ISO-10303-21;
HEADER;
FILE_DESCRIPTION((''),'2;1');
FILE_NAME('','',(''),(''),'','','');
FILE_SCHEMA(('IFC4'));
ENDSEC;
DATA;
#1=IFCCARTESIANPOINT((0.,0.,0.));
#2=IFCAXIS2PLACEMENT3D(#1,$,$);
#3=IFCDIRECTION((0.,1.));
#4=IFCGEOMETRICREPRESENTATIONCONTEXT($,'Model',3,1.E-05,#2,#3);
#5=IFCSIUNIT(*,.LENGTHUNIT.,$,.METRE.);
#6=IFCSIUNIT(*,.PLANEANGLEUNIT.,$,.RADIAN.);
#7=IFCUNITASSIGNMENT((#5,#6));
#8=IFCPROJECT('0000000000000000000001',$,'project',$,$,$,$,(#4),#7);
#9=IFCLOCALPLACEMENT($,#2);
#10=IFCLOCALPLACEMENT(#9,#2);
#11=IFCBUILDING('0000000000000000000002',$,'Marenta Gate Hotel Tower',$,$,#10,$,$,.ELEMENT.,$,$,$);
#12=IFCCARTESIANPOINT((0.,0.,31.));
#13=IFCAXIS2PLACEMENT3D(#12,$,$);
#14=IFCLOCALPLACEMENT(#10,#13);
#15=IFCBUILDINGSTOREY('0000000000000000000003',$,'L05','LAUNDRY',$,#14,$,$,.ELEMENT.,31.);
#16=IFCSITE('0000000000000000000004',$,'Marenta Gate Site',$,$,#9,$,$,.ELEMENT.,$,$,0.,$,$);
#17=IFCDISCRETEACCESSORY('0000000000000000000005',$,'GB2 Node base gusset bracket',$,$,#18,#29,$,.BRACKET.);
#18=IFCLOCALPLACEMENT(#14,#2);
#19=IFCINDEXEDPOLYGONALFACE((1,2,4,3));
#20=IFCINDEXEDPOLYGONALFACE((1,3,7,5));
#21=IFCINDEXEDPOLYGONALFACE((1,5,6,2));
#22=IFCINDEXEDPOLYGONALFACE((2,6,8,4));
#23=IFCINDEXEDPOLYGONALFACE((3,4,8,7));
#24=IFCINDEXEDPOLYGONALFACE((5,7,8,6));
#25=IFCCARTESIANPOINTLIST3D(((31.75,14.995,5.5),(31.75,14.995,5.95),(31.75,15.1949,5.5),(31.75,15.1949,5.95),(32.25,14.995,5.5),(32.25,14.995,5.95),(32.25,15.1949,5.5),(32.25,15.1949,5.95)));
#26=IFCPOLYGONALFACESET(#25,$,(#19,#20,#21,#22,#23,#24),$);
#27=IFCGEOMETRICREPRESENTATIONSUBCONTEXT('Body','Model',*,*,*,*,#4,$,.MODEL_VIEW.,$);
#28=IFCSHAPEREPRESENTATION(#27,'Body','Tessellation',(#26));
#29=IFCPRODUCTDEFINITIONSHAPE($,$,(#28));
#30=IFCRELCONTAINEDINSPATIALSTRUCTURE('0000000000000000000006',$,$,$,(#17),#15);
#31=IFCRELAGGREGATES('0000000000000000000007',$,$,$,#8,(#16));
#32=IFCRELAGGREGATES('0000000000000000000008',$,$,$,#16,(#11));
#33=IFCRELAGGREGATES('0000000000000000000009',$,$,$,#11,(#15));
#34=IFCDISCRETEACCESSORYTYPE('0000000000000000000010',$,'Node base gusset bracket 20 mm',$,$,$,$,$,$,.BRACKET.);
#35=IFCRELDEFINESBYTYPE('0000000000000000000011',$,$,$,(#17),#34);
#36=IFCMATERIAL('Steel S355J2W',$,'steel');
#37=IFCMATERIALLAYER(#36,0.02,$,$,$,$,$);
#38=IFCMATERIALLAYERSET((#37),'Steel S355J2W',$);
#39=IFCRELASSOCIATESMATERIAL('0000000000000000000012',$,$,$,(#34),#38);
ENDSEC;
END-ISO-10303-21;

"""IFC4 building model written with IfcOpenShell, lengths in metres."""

from ifc_helpers import new_model, si_unit, direction, frame, origin, origin_2d, place, context, subcontext, project, spatial, rectangle, extrude, material, layer, layer_set, type_object, element, save


model = new_model("IFC4")

# Units and contexts
model_context = context("Model", 3, precision=1e-05, world=origin(), true_north=direction((0.0, 1.0)))
body_context = subcontext(model_context, "Body", "Model", "MODEL_VIEW")
ifc_project = project(units=[si_unit("LENGTHUNIT", "METRE"), si_unit("PLANEANGLEUNIT", "RADIAN")], contexts=[model_context])

# Site, building, storey
site_placement = place(None, origin())
site = spatial("IfcSite", under=ifc_project, at=site_placement, Name="Marenta Gate Site", CompositionType="ELEMENT", RefElevation=0.0)
building_placement = place(site_placement, origin())
building = spatial("IfcBuilding", under=site, at=building_placement, Name="Marenta Gate Hotel Tower", CompositionType="ELEMENT")
storey_placement = place(building_placement, frame((0.0, 0.0, 31.0)))
storey = spatial("IfcBuildingStorey", under=building, at=storey_placement, Name="L05", Description="LAUNDRY", CompositionType="ELEMENT", Elevation=31.0)

# Discrete accessory
ifc_material_1 = material(Name="Steel S355J2W", Category="steel")
ifc_layer_1 = layer(ifc_material_1, 0.02)
ifc_layer_set_1 = layer_set([ifc_layer_1], Name="Steel S355J2W")
discrete_accessory_type_1 = type_object("IfcDiscreteAccessoryType", Name="Node base gusset bracket 20 mm", PredefinedType="BRACKET", material=ifc_layer_set_1)
for number, where, z_axis, x_axis, name in (
    (1, (32.0, 15.095, 5.5), (0.0, 0.0, 1.0), (0.0, -1.0, 0.0), "GB2 Node base gusset bracket"),
):
    element("IfcDiscreteAccessory", number, at=place(storey_placement, frame(where, z_axis=z_axis, x_axis=x_axis)), inside=storey, type_object=discrete_accessory_type_1, Name=name, PredefinedType="BRACKET", context=body_context, shape_type="SweptSolid", body=[
        extrude(rectangle(XDim=0.2, YDim=0.5, at=origin_2d()), origin(), (0.0, 0.0, 1.0), 0.45),
    ])

save(model, "model.ifc")
